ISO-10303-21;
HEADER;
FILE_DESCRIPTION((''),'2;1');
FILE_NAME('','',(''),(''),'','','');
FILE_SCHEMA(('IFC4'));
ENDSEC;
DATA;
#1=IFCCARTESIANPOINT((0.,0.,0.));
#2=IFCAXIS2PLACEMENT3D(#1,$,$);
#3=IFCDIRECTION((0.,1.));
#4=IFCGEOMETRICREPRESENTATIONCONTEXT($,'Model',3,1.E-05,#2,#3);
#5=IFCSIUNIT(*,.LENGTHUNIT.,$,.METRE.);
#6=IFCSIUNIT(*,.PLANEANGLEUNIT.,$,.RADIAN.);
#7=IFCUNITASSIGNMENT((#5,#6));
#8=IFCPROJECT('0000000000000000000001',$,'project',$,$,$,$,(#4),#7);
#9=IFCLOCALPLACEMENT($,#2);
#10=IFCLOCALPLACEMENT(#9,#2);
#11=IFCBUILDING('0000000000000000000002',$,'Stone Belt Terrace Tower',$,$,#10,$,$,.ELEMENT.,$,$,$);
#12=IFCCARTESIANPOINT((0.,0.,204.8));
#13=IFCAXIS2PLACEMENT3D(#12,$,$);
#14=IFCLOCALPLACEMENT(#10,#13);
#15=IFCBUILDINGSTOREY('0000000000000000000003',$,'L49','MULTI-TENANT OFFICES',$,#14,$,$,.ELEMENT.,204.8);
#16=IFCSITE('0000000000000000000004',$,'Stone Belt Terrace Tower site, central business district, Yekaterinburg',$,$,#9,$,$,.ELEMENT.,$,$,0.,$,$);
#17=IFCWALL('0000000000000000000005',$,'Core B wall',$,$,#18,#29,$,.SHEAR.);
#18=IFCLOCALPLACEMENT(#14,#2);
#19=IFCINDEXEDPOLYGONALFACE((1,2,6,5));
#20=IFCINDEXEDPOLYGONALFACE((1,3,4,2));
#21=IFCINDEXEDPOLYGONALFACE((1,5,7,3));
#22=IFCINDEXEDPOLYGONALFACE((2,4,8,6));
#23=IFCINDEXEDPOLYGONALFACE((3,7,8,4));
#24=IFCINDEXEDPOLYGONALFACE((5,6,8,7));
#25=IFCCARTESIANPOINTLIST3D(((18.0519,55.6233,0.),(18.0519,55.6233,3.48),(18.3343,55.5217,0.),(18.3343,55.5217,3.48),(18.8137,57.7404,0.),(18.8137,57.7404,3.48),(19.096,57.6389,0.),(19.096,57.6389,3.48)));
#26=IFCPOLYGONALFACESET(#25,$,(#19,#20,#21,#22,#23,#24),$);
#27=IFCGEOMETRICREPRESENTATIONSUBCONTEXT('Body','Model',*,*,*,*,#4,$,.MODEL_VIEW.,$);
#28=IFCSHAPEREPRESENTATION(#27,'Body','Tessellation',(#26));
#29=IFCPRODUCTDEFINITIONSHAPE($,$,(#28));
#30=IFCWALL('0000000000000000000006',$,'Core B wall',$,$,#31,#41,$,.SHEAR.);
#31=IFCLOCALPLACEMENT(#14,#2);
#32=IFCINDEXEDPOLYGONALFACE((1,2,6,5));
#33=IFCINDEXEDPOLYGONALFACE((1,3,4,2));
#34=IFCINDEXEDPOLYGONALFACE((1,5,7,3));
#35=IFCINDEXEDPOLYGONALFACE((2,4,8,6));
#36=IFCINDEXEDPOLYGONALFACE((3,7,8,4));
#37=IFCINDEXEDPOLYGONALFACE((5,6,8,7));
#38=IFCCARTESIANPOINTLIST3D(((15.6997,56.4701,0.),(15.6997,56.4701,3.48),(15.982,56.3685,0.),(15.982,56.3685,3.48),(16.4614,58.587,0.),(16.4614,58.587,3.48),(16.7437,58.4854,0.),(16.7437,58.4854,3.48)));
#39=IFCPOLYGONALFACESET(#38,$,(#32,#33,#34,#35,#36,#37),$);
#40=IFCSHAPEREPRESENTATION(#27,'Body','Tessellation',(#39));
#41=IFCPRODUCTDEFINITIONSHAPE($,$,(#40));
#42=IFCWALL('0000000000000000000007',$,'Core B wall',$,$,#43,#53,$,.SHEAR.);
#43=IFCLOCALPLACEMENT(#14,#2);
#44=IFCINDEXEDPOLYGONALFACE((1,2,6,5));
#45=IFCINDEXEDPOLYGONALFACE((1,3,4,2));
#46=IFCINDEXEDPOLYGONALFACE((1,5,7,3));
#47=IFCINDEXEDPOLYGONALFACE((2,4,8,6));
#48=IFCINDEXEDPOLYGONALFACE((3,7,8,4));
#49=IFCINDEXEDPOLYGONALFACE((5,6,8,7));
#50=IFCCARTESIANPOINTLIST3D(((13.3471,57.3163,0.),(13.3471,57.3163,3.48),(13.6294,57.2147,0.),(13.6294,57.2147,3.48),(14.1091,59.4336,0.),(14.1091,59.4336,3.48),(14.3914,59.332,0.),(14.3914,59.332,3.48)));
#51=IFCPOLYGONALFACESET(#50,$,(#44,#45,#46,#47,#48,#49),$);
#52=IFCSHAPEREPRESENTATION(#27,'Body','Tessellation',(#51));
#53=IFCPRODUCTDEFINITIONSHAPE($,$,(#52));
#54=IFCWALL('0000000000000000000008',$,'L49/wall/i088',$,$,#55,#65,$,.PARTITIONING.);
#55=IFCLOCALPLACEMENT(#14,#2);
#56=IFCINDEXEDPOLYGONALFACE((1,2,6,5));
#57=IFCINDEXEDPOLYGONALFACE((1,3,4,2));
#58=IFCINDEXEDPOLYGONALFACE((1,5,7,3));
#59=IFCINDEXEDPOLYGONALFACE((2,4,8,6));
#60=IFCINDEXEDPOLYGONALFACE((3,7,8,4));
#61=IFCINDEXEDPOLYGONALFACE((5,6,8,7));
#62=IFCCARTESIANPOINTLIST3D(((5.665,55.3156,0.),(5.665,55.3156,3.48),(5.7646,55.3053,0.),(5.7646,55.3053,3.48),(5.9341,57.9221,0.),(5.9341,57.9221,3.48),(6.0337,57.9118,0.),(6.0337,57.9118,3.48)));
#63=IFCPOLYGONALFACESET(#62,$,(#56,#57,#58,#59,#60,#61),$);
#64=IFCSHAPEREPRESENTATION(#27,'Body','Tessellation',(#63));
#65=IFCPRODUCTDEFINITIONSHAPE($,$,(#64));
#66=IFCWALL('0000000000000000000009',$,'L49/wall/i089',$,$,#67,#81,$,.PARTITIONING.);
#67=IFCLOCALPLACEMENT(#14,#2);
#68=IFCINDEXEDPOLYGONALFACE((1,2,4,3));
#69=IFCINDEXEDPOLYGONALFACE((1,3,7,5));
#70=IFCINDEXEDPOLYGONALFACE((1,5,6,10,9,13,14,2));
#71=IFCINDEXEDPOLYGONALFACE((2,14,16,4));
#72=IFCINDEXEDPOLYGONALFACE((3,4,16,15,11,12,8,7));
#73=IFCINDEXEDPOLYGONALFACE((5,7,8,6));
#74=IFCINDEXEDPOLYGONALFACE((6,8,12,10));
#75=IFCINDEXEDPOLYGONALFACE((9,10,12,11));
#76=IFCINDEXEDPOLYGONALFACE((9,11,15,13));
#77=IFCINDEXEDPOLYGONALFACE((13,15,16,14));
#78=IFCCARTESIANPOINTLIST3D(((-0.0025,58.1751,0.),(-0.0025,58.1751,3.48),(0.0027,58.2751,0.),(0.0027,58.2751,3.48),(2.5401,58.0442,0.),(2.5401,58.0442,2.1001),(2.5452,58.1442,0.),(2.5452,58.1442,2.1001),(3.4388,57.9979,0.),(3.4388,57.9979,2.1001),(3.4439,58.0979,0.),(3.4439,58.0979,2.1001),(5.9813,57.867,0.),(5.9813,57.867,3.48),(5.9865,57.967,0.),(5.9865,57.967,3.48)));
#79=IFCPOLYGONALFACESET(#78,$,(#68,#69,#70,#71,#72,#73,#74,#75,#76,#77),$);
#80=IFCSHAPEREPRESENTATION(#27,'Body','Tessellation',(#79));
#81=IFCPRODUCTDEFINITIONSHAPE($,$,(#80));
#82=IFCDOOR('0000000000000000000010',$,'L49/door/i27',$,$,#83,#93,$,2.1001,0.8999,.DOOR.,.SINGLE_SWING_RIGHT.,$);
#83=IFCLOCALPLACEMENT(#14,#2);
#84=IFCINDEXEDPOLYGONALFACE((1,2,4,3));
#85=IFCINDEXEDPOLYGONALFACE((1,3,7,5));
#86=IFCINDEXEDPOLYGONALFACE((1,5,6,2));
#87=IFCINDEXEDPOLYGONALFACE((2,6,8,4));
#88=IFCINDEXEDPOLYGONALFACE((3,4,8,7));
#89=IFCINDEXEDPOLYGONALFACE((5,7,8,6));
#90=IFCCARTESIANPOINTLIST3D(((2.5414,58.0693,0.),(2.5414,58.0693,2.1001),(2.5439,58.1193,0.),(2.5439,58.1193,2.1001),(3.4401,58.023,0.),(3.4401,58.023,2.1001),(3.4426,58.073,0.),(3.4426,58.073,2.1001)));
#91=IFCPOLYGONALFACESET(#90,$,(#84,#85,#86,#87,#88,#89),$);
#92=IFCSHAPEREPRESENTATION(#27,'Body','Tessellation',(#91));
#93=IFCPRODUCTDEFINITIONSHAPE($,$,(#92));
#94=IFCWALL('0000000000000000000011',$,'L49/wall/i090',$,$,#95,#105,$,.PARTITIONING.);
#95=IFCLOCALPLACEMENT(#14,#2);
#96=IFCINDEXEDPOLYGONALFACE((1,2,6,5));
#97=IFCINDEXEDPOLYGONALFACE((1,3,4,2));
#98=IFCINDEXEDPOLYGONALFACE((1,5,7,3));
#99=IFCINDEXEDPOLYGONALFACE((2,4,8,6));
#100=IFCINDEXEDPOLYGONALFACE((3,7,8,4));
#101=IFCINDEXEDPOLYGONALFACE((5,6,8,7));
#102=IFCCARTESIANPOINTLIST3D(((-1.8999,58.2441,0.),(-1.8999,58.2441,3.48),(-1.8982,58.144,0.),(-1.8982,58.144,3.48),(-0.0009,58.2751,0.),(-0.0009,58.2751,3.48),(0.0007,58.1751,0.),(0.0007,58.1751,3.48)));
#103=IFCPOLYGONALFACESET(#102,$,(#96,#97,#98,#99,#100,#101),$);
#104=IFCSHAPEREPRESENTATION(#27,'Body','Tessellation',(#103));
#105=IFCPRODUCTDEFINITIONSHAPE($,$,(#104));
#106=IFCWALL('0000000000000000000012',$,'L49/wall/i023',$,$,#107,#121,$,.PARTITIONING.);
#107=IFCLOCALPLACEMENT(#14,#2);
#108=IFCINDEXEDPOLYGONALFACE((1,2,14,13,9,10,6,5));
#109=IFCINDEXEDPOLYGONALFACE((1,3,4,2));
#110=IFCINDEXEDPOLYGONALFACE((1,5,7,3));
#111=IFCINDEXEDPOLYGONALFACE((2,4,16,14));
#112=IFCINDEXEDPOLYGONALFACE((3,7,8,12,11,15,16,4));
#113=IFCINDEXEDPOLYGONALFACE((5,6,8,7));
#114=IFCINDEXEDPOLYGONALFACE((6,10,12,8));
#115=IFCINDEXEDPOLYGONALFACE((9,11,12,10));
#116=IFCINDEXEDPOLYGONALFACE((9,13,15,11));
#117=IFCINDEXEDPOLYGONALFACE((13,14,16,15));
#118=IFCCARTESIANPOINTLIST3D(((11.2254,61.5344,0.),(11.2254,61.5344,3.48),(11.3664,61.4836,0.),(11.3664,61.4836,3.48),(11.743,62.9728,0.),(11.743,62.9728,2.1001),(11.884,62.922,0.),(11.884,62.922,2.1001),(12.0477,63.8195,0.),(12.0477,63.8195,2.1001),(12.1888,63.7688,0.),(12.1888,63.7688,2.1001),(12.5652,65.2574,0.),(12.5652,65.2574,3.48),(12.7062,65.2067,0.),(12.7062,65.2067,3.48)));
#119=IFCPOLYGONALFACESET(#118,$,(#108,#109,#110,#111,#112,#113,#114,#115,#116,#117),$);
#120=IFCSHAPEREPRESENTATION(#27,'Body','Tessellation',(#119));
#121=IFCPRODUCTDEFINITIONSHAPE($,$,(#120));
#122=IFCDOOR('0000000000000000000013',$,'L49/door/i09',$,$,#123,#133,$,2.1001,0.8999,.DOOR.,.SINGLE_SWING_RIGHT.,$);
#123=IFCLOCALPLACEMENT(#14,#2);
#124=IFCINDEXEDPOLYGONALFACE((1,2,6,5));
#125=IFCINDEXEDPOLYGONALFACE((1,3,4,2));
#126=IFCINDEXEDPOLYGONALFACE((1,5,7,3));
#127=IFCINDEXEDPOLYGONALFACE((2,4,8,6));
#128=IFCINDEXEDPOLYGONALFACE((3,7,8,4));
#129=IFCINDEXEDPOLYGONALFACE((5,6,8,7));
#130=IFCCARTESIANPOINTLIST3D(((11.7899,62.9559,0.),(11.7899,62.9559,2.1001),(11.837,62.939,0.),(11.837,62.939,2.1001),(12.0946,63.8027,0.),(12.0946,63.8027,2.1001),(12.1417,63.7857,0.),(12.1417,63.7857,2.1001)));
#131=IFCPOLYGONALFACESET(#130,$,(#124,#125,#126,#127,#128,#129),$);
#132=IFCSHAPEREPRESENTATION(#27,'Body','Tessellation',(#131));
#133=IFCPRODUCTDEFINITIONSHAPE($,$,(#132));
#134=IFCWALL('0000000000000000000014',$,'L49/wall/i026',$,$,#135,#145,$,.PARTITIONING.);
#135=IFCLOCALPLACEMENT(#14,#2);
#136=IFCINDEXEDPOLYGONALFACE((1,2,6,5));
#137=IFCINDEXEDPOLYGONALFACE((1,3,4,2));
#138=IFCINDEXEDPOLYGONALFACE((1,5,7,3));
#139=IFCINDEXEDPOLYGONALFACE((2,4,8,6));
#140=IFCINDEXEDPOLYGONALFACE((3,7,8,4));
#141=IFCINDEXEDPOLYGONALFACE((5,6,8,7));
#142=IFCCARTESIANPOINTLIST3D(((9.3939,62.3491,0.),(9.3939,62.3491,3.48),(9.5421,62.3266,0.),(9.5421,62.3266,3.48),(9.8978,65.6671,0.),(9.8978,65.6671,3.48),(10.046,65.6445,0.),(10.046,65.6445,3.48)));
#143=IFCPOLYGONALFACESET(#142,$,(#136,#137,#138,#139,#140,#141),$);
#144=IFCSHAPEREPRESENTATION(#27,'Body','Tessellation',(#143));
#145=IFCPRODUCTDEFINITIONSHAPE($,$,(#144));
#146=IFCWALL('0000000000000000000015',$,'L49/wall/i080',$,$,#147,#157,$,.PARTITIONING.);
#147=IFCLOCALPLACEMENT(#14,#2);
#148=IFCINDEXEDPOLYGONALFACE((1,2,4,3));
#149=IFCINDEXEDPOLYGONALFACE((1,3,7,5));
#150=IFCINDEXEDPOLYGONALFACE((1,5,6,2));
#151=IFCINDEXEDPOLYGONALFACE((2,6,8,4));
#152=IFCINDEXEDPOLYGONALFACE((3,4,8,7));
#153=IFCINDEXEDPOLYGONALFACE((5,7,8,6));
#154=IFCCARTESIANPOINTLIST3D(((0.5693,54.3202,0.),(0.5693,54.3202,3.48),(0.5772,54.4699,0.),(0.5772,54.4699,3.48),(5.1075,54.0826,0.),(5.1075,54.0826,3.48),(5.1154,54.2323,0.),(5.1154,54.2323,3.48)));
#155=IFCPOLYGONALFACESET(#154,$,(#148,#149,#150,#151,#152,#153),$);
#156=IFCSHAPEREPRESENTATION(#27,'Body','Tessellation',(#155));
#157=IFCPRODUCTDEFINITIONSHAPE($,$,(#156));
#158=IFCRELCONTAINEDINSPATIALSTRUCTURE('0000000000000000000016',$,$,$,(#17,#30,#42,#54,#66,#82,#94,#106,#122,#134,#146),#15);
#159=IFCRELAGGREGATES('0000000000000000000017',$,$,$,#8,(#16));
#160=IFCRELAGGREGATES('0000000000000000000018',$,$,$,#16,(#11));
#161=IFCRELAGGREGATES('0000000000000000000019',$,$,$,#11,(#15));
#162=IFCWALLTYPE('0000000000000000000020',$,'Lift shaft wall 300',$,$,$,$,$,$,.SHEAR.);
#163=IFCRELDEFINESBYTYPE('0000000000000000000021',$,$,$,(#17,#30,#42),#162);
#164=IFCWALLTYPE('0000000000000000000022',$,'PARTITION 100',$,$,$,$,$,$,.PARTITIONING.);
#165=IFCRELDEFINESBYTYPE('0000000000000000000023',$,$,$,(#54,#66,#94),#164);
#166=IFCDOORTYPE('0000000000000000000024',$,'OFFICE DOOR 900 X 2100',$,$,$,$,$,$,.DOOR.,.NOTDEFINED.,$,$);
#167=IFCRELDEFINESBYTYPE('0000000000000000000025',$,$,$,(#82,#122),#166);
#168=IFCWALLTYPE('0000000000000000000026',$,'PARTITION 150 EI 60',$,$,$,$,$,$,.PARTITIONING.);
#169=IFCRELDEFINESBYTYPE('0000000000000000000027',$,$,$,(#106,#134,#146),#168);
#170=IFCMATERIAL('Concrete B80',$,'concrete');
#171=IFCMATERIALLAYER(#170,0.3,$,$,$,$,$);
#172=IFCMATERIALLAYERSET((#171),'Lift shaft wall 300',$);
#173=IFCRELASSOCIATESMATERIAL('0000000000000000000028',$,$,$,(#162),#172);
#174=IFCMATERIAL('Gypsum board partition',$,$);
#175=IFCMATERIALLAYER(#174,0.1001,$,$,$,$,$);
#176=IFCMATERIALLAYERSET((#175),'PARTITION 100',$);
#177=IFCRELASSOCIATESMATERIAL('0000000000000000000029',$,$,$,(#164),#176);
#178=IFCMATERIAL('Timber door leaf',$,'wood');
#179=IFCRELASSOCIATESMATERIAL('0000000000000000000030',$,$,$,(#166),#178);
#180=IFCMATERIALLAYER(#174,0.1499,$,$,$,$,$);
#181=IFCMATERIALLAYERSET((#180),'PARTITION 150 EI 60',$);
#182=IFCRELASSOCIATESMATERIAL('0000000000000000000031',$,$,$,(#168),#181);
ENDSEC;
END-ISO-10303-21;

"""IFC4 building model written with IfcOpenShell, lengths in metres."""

from ifc_helpers import new_model, si_unit, direction, frame, frame_2d, origin, place, context, subcontext, project, spatial, rectangle, extrude, material, layer, layer_set, type_object, element, fill, save


model = new_model("IFC4")

# Units and contexts
model_context = context("Model", 3, precision=1e-05, world=origin(), true_north=direction((0.0, 1.0)))
body_context = subcontext(model_context, "Body", "Model", "MODEL_VIEW")
ifc_project = project(units=[si_unit("LENGTHUNIT", "METRE"), si_unit("PLANEANGLEUNIT", "RADIAN")], contexts=[model_context])

# Site, building, storey
site_placement = place(None, origin())
site = spatial("IfcSite", under=ifc_project, at=site_placement, Name="Stone Belt Terrace Tower site, central business district, Yekaterinburg", CompositionType="ELEMENT", RefElevation=0.0)
building_placement = place(site_placement, origin())
building = spatial("IfcBuilding", under=site, at=building_placement, Name="Stone Belt Terrace Tower", CompositionType="ELEMENT")
storey_placement = place(building_placement, frame((0.0, 0.0, 204.8)))
storey = spatial("IfcBuildingStorey", under=building, at=storey_placement, Name="L49", Description="MULTI-TENANT OFFICES", CompositionType="ELEMENT", Elevation=204.8)

# Shared definitions
ifc_material_1 = material(Name="Timber door leaf", Category="wood")

# Walls
ifc_material_2 = material(Name="Concrete B80", Category="concrete")
ifc_layer_1 = layer(ifc_material_2, 0.3)
ifc_layer_set_1 = layer_set([ifc_layer_1], Name="Lift shaft wall 300")
wall_type_1 = type_object("IfcWallType", Name="Lift shaft wall 300", PredefinedType="SHEAR", material=ifc_layer_set_1)
wall_1_placement = place(storey_placement, frame((18.1931, 55.5725, 0.0), z_axis=(0.0, 0.0, 1.0), x_axis=(0.338535, 0.940954, 0.0)))
element("IfcWall", 1, at=wall_1_placement, inside=storey, type_object=wall_type_1, Name="Core B wall", PredefinedType="SHEAR", context=body_context, shape_type="SweptSolid", body=[
    extrude(rectangle(XDim=2.25, YDim=0.3, at=frame_2d((1.125, 0.0))), origin(), (0.0, 0.0, 1.0), 3.48),
])
wall_2_placement = place(storey_placement, frame((15.8408, 56.4192, 0.0), z_axis=(0.0, 0.0, 1.0), x_axis=(0.33857, 0.940941, 0.0)))
element("IfcWall", 2, at=wall_2_placement, inside=storey, type_object=wall_type_1, Name="Core B wall", PredefinedType="SHEAR", context=body_context, shape_type="SweptSolid", body=[
    extrude(rectangle(XDim=2.2498, YDim=0.3, at=frame_2d((1.125, 0.0))), origin(), (0.0, 0.0, 1.0), 3.48),
])
wall_3_placement = place(storey_placement, frame((13.4883, 57.2656, 0.0), z_axis=(0.0, 0.0, 1.0), x_axis=(0.338631, 0.940919, 0.0)))
element("IfcWall", 3, at=wall_3_placement, inside=storey, type_object=wall_type_1, Name="Core B wall", PredefinedType="SHEAR", context=body_context, shape_type="SweptSolid", body=[
    extrude(rectangle(XDim=2.2502, YDim=0.3, at=frame_2d((1.125, 0.0))), origin(), (0.0, 0.0, 1.0), 3.48),
])
ifc_material_3 = material(Name="Gypsum board partition")
ifc_layer_2 = layer(ifc_material_3, 0.1001)
ifc_layer_set_2 = layer_set([ifc_layer_2], Name="PARTITION 100")
wall_type_2 = type_object("IfcWallType", Name="PARTITION 100", PredefinedType="PARTITIONING", material=ifc_layer_set_2)
wall_4_placement = place(storey_placement, frame((5.7148, 55.3105, 0.0), z_axis=(0.0, 0.0, 1.0), x_axis=(0.102677, 0.994715, 0.0)))
element("IfcWall", 4, at=wall_4_placement, inside=storey, type_object=wall_type_2, Name="L49/wall/i088", PredefinedType="PARTITIONING", context=body_context, shape_type="SweptSolid", body=[
    extrude(rectangle(XDim=2.6204, YDim=0.1001, at=frame_2d((1.3101, 0.0))), origin(), (0.0, 0.0, 1.0), 3.48),
])

# Wall, opening, door
wall_5_placement = place(storey_placement, frame((5.9839, 57.917, 0.0), z_axis=(0.0, 0.0, 1.0), x_axis=(-0.998677, 0.051421, 0.0)))
wall_5 = element("IfcWall", 5, at=wall_5_placement, inside=storey, type_object=wall_type_2, Name="L49/wall/i089", PredefinedType="PARTITIONING", context=body_context, shape_type="SweptSolid", body=[
    extrude(rectangle(XDim=5.9917, YDim=0.1001, at=frame_2d((2.9958, 0.0))), origin(), (0.0, 0.0, 1.0), 3.48),
])
opening_1_placement = place(wall_5_placement, frame((2.5459, 0.0, 0.0)))
opening_1 = element("IfcOpeningElement", 6, at=opening_1_placement, cuts=wall_5, PredefinedType="OPENING", context=body_context, shape_type="SweptSolid", body=[
    extrude(rectangle(XDim=0.8999, YDim=2.1001, at=frame_2d((0.45, 1.05))), frame((0.0, 0.0601, 0.0), z_axis=(0.0, -1.0, 0.0), x_axis=(1.0, 0.0, 0.0)), (0.0, 0.0, 1.0), 0.1201),
])
door_type_1 = type_object("IfcDoorType", Name="OFFICE DOOR 900 X 2100", OperationType="NOTDEFINED", PredefinedType="DOOR", material=ifc_material_1)
door_1_placement = place(opening_1_placement, origin())
door_1 = element("IfcDoor", 7, at=door_1_placement, inside=storey, type_object=door_type_1, Name="L49/door/i27", OperationType="SINGLE_SWING_RIGHT", OverallHeight=2.1001, OverallWidth=0.8999, PredefinedType="DOOR", context=body_context, shape_type="SweptSolid", body=[
    extrude(rectangle(XDim=0.8999, YDim=2.1001, at=frame_2d((0.45, 1.05))), frame((0.0, 0.0249, 0.0), z_axis=(0.0, -1.0, 0.0), x_axis=(1.0, 0.0, 0.0)), (0.0, 0.0, 1.0), 0.05),
])
fill(opening_1, door_1)

# Wall
wall_6_placement = place(storey_placement, frame((0.0, 58.2251, 0.0), z_axis=(0.0, 0.0, 1.0), x_axis=(-0.999867, -0.016326, 0.0)))
element("IfcWall", 8, at=wall_6_placement, inside=storey, type_object=wall_type_2, Name="L49/wall/i090", PredefinedType="PARTITIONING", context=body_context, shape_type="SweptSolid", body=[
    extrude(rectangle(XDim=1.8992, YDim=0.1001, at=frame_2d((0.9497, 0.0))), origin(), (0.0, 0.0, 1.0), 3.48),
])

# Wall, opening, door
ifc_layer_3 = layer(ifc_material_3, 0.1499)
ifc_layer_set_3 = layer_set([ifc_layer_3], Name="PARTITION 150 EI 60")
wall_type_3 = type_object("IfcWallType", Name="PARTITION 150 EI 60", PredefinedType="PARTITIONING", material=ifc_layer_set_3)
wall_7_placement = place(storey_placement, frame((12.6357, 65.2322, 0.0), z_axis=(0.0, 0.0, 1.0), x_axis=(-0.33861, -0.940927, 0.0)))
wall_7 = element("IfcWall", 9, at=wall_7_placement, inside=storey, type_object=wall_type_3, Name="L49/wall/i023", PredefinedType="PARTITIONING", context=body_context, shape_type="SweptSolid", body=[
    extrude(rectangle(XDim=3.9568, YDim=0.1499, at=frame_2d((1.9785, 0.0))), origin(), (0.0, 0.0, 1.0), 3.48),
])
opening_2_placement = place(wall_7_placement, frame((1.5283, 0.0, 0.0)))
opening_2 = element("IfcOpeningElement", 10, at=opening_2_placement, cuts=wall_7, PredefinedType="OPENING", context=body_context, shape_type="SweptSolid", body=[
    extrude(rectangle(XDim=0.8999, YDim=2.1001, at=frame_2d((0.45, 1.05))), frame((0.0, 0.085, 0.0), z_axis=(0.0, -1.0, 0.0), x_axis=(1.0, 0.0, 0.0)), (0.0, 0.0, 1.0), 0.1699),
])
door_2_placement = place(opening_2_placement, origin())
door_2 = element("IfcDoor", 11, at=door_2_placement, inside=storey, type_object=door_type_1, Name="L49/door/i09", OperationType="SINGLE_SWING_RIGHT", OverallHeight=2.1001, OverallWidth=0.8999, PredefinedType="DOOR", context=body_context, shape_type="SweptSolid", body=[
    extrude(rectangle(XDim=0.8999, YDim=2.1001, at=frame_2d((0.45, 1.05))), frame((0.0, 0.0249, 0.0), z_axis=(0.0, -1.0, 0.0), x_axis=(1.0, 0.0, 0.0)), (0.0, 0.0, 1.0), 0.05),
])
fill(opening_2, door_2)

# Walls
wall_8_placement = place(storey_placement, frame((9.468, 62.3379, 0.0), z_axis=(0.0, 0.0, 1.0), x_axis=(0.150154, 0.988663, 0.0)))
element("IfcWall", 12, at=wall_8_placement, inside=storey, type_object=wall_type_3, Name="L49/wall/i026", PredefinedType="PARTITIONING", context=body_context, shape_type="SweptSolid", body=[
    extrude(rectangle(XDim=3.356, YDim=0.1499, at=frame_2d((1.678, 0.0))), origin(), (0.0, 0.0, 1.0), 3.48),
])
wall_9_placement = place(storey_placement, frame((0.5732, 54.395, 0.0), z_axis=(0.0, 0.0, 1.0), x_axis=(0.998633, -0.052271, 0.0)))
element("IfcWall", 13, at=wall_9_placement, inside=storey, type_object=wall_type_3, Name="L49/wall/i080", PredefinedType="PARTITIONING", context=body_context, shape_type="SweptSolid", body=[
    extrude(rectangle(XDim=4.5444, YDim=0.1499, at=frame_2d((2.2722, 0.0))), origin(), (0.0, 0.0, 1.0), 3.48),
])

save(model, "model.ifc")
